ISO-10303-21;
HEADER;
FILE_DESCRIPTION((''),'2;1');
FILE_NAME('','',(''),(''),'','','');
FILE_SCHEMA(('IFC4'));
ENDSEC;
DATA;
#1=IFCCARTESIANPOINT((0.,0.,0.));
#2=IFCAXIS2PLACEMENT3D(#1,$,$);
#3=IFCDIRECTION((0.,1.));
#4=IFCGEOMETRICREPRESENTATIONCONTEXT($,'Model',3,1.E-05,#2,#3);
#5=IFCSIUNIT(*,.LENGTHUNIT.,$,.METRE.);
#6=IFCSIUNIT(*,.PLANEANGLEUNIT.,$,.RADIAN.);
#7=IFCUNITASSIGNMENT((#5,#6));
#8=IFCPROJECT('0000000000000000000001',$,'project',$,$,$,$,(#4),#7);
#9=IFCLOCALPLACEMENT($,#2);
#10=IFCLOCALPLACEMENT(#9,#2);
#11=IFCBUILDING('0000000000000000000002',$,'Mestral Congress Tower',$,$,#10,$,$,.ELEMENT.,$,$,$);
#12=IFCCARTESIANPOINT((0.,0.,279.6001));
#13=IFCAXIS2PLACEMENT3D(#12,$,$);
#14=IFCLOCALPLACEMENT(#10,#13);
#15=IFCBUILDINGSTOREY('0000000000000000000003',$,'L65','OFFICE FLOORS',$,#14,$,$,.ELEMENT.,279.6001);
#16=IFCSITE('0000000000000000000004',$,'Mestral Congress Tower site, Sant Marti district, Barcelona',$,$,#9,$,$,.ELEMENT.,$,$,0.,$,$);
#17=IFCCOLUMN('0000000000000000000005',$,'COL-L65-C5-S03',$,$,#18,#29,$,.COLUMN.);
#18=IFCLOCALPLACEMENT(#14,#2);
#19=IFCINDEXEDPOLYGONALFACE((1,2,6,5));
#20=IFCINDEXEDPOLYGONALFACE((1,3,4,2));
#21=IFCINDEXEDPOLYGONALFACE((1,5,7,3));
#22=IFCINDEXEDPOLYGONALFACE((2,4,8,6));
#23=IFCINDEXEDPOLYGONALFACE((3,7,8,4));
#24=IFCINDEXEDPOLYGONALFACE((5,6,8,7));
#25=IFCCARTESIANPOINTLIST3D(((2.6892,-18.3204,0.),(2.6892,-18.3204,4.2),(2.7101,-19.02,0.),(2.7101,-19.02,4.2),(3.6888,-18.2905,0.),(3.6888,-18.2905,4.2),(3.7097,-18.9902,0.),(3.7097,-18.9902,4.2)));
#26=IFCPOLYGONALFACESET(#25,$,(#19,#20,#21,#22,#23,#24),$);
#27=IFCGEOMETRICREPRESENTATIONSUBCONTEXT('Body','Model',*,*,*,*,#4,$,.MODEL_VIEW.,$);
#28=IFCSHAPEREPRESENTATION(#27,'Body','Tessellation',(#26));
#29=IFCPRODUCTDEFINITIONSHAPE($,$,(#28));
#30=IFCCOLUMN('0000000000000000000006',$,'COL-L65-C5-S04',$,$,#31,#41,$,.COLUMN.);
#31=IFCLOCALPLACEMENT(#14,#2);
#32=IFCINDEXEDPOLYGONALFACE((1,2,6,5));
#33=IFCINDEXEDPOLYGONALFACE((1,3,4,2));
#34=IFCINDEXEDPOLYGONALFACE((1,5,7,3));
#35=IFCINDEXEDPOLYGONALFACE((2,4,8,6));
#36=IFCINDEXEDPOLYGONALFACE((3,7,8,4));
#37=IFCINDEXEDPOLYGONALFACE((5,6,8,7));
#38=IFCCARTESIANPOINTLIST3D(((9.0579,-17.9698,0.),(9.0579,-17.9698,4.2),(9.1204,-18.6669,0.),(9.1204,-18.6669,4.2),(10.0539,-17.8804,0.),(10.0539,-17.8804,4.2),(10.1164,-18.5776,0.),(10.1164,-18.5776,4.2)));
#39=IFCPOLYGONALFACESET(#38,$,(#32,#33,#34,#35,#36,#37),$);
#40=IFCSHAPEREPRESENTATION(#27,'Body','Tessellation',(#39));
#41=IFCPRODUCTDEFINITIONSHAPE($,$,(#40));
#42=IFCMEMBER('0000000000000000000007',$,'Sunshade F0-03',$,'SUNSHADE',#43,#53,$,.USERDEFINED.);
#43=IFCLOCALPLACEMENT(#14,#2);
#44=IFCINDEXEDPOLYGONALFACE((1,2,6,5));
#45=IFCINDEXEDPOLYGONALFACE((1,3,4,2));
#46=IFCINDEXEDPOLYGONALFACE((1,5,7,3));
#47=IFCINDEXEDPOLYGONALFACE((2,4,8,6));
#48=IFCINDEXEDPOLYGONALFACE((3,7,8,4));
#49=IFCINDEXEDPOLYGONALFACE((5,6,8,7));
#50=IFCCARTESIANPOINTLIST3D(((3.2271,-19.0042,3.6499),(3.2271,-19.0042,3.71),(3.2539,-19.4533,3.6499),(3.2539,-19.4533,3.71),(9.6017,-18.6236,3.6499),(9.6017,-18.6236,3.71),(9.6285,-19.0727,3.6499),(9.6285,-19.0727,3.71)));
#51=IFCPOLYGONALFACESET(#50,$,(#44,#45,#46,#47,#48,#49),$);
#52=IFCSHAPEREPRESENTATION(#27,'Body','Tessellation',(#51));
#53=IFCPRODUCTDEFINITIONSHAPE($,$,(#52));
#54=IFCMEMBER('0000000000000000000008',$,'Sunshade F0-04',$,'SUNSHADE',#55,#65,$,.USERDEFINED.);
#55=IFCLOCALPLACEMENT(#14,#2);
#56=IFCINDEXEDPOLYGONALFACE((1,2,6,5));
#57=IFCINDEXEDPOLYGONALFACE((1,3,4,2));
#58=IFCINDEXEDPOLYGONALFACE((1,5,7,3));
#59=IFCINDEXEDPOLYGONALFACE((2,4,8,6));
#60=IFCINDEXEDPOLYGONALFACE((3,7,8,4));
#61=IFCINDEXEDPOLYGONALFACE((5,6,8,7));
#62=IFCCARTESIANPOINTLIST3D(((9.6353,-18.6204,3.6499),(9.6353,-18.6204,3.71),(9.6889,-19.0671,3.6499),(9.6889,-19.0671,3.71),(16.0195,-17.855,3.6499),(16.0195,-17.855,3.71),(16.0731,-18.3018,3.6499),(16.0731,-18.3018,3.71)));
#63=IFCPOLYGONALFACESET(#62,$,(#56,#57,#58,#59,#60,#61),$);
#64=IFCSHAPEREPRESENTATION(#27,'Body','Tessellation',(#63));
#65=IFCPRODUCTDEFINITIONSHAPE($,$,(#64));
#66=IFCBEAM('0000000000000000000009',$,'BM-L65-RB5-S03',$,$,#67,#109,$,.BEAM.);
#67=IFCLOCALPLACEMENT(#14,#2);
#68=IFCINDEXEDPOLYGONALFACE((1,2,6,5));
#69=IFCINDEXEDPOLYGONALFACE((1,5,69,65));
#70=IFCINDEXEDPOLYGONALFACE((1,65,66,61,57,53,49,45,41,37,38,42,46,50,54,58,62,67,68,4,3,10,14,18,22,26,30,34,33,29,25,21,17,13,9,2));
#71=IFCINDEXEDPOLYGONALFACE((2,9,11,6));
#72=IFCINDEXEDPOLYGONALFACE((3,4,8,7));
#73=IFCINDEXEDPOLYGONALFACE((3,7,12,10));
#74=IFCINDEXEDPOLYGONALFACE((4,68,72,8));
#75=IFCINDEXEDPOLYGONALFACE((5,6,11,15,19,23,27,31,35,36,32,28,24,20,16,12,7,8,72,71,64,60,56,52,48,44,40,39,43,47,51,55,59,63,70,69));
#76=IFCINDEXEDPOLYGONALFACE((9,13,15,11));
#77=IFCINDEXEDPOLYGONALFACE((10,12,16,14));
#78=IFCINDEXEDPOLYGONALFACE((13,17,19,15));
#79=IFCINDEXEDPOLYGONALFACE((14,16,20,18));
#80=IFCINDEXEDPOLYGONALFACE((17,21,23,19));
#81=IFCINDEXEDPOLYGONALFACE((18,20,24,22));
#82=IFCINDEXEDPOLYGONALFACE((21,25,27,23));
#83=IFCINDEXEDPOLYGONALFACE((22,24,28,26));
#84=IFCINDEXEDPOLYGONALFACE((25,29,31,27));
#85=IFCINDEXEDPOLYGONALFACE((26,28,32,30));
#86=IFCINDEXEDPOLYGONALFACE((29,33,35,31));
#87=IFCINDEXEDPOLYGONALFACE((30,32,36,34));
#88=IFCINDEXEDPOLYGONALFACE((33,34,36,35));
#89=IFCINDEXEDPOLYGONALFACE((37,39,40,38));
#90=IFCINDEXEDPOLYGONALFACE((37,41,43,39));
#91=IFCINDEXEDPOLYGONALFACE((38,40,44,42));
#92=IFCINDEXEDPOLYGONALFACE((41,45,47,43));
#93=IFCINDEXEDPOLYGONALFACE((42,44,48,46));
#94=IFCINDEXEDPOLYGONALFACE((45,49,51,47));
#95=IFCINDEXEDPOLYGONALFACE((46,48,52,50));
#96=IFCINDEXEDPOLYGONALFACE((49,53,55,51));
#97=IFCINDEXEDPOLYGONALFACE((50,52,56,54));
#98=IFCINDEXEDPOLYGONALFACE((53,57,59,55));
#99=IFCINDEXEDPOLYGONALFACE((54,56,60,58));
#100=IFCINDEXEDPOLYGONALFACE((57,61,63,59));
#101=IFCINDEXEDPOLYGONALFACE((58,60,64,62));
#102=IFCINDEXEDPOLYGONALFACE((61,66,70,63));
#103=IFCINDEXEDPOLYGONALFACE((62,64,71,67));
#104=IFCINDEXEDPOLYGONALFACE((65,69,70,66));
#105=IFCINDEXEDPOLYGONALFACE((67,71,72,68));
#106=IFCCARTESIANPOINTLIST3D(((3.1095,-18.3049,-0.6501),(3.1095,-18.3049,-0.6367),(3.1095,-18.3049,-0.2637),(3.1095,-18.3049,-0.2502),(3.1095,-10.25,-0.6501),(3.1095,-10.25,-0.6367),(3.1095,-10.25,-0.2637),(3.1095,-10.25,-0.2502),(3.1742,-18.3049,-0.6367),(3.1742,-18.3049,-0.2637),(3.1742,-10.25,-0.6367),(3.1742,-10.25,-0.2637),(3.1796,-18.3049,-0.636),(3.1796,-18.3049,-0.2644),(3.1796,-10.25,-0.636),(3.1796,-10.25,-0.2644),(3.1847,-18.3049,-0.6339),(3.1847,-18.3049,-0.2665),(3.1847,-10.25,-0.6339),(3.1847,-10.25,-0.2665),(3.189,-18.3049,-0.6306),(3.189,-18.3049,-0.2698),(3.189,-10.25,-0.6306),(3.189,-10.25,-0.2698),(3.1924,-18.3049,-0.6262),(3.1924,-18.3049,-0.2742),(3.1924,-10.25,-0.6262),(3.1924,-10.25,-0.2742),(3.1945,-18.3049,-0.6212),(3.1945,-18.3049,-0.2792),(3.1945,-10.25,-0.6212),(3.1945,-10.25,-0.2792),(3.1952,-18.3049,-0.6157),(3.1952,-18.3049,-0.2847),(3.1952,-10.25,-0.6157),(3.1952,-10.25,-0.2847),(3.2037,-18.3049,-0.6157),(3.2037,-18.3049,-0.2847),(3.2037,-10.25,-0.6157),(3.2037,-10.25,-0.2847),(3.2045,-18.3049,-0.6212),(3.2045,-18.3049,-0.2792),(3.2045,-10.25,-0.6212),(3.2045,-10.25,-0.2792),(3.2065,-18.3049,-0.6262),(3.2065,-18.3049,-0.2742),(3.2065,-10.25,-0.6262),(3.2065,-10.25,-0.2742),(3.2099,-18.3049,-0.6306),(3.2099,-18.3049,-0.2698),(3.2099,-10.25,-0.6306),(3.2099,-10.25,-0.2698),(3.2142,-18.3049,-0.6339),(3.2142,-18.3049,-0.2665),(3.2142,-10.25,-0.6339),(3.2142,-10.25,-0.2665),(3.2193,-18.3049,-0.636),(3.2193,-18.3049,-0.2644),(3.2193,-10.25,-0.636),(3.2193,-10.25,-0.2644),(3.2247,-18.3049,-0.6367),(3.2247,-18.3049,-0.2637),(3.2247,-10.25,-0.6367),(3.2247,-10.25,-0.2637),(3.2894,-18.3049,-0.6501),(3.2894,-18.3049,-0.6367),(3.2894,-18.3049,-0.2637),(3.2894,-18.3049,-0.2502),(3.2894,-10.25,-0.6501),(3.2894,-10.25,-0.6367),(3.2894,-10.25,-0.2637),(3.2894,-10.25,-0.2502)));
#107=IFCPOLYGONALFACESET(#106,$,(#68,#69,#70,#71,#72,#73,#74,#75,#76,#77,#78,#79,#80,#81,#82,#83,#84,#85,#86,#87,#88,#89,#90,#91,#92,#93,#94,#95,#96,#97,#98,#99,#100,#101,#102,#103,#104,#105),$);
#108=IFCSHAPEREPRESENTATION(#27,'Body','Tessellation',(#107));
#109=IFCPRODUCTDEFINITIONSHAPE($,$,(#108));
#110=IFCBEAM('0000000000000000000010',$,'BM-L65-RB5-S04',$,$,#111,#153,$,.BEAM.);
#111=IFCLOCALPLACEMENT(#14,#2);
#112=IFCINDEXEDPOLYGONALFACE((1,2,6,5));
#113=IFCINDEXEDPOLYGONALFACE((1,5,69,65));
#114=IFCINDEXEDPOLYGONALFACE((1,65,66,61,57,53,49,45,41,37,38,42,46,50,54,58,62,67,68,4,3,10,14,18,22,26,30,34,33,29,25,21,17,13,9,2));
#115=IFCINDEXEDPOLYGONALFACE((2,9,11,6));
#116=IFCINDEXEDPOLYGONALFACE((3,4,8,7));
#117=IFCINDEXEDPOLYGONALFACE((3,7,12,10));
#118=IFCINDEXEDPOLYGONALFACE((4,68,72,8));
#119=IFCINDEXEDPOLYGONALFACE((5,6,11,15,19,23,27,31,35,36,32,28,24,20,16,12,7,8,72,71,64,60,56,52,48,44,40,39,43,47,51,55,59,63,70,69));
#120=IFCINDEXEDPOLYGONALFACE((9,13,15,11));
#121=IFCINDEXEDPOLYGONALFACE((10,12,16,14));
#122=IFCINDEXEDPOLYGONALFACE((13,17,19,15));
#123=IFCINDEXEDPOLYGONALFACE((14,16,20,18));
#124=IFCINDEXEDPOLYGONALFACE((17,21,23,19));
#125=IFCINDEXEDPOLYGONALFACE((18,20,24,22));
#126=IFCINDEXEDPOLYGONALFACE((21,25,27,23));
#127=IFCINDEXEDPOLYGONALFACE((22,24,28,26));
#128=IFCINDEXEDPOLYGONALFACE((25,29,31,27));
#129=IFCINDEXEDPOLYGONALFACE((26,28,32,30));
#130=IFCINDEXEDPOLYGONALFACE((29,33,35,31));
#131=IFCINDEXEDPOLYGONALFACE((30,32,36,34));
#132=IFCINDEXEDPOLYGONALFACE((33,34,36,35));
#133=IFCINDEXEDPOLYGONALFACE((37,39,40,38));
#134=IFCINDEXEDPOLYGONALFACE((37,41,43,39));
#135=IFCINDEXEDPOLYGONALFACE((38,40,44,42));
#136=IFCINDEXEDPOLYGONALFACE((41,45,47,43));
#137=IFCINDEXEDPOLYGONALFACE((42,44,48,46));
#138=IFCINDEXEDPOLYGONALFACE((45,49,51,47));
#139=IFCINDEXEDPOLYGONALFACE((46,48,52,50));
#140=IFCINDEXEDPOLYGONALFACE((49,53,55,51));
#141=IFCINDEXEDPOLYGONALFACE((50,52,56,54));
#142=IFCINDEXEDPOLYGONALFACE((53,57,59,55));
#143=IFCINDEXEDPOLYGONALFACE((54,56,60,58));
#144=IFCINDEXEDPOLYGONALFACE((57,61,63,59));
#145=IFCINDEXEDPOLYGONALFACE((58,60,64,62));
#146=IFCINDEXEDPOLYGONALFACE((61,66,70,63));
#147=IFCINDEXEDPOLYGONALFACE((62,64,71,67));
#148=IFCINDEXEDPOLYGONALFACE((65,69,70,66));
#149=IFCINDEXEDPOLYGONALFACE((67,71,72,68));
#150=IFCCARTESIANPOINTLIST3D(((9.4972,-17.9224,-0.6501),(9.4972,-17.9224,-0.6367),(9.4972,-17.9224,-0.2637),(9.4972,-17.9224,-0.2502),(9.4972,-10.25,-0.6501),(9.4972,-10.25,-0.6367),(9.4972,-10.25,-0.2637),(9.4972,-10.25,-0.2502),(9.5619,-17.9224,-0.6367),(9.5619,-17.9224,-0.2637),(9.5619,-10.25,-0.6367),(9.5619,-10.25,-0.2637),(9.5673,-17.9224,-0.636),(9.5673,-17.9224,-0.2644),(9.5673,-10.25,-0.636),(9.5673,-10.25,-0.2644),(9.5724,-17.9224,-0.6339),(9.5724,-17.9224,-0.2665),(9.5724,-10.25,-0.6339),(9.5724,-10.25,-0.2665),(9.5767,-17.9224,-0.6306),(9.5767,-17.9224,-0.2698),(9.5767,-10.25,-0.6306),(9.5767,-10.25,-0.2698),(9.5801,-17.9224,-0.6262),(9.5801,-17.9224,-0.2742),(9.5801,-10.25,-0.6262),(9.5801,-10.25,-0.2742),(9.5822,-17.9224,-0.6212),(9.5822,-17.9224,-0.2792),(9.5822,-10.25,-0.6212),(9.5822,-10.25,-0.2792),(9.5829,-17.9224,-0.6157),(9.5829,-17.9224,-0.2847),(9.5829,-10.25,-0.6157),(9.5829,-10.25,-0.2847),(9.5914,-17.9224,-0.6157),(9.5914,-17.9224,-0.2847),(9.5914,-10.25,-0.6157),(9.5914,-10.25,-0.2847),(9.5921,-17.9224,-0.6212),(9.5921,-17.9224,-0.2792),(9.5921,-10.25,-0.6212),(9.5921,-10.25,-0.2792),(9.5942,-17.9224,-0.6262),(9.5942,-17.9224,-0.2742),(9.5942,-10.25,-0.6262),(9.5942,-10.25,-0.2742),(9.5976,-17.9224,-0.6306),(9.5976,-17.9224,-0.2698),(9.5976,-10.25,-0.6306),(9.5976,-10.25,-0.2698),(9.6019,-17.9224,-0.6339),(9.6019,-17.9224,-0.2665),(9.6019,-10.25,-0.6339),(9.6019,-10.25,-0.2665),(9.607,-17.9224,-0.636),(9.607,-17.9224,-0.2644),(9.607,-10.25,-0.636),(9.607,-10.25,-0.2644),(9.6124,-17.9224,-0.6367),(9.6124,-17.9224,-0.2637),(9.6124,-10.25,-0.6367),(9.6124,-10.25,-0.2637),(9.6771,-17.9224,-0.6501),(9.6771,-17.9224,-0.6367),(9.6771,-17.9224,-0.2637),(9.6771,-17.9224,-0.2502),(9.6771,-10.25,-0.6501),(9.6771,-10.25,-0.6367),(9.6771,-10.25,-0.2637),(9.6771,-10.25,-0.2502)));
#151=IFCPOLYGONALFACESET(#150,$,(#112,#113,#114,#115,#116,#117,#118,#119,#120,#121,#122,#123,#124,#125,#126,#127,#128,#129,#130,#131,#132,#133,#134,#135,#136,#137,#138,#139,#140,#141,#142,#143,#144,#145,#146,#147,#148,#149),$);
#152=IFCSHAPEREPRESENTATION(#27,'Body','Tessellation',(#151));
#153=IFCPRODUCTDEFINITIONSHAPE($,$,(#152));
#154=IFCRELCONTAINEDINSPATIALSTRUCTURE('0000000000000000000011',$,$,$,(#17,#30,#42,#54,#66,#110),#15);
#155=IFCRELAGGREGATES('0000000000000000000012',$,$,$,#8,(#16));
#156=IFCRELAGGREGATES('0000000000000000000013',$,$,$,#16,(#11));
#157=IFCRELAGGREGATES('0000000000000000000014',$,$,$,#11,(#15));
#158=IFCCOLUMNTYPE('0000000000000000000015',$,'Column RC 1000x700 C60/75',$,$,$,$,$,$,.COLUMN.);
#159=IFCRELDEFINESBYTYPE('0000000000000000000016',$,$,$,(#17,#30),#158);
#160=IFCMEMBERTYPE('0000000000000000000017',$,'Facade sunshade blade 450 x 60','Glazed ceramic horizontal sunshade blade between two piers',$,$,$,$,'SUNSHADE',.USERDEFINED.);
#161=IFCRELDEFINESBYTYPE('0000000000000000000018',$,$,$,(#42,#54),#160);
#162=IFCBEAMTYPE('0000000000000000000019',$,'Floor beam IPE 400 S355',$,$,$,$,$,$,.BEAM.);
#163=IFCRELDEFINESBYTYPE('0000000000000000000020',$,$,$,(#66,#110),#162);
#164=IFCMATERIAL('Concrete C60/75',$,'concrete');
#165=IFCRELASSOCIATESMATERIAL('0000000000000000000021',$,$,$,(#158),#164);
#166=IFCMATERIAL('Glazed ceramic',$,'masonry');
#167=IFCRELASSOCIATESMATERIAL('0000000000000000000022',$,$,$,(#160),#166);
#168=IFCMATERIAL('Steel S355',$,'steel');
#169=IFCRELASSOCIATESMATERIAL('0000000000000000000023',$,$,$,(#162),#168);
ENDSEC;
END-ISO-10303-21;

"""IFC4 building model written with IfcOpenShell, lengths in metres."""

from ifc_helpers import new_model, si_unit, direction, frame, origin, origin_2d, place, context, subcontext, project, spatial, rectangle, i_section, extrude, material, material_profile, profile_set, type_object, element, save


model = new_model("IFC4")

# Units and contexts
model_context = context("Model", 3, precision=1e-05, world=origin(), true_north=direction((0.0, 1.0)))
body_context = subcontext(model_context, "Body", "Model", "MODEL_VIEW")
ifc_project = project(units=[si_unit("LENGTHUNIT", "METRE"), si_unit("PLANEANGLEUNIT", "RADIAN")], contexts=[model_context])

# Site, building, storey
site_placement = place(None, origin())
site = spatial("IfcSite", under=ifc_project, at=site_placement, Name="Mestral Congress Tower site, Sant Marti district, Barcelona", CompositionType="ELEMENT", RefElevation=0.0)
building_placement = place(site_placement, origin())
building = spatial("IfcBuilding", under=site, at=building_placement, Name="Mestral Congress Tower", CompositionType="ELEMENT")
storey_placement = place(building_placement, frame((0.0, 0.0, 279.6001)))
storey = spatial("IfcBuildingStorey", under=building, at=storey_placement, Name="L65", Description="OFFICE FLOORS", CompositionType="ELEMENT", Elevation=279.6001)

# Columns
ifc_material_1 = material(Name="Concrete C60/75", Category="concrete")
ifc_material_profile_1 = material_profile(ifc_material_1, rectangle(XDim=1.0, YDim=0.7, at=origin_2d()), Name="RC 1000x700")
ifc_profile_set_1 = profile_set([ifc_material_profile_1], Name="Concrete C60/75")
column_type = type_object("IfcColumnType", Name="Column RC 1000x700 C60/75", PredefinedType="COLUMN", material=ifc_profile_set_1)
for number, where, z_axis, x_axis, name in (
    (1, (3.1995, -18.6553, 0.0), (0.0, 0.0, 1.0), (0.999555, 0.029828, 0.0), "COL-L65-C5-S03"),
    (2, (9.5872, -18.2737, 0.0), (0.0, 0.0, 1.0), (0.995998, 0.089378, 0.0), "COL-L65-C5-S04"),
):
    element("IfcColumn", number, at=place(storey_placement, frame(where, z_axis=z_axis, x_axis=x_axis)), inside=storey, type_object=column_type, Name=name, PredefinedType="COLUMN", context=body_context, shape_type="SweptSolid", body=[
        extrude(rectangle(XDim=1.0, YDim=0.7, at=origin_2d()), origin(), (0.0, 0.0, 1.0), 4.2),
    ])

# Members
ifc_material_2 = material(Name="Glazed ceramic", Category="masonry")
ifc_material_profile_2 = material_profile(ifc_material_2, rectangle(XDim=0.45, YDim=0.0601, at=origin_2d()), Name="Ceramic blade 450 x 60")
ifc_profile_set_2 = profile_set([ifc_material_profile_2], Name="Glazed ceramic")
member_type = type_object("IfcMemberType", Name="Facade sunshade blade 450 x 60", Description="Glazed ceramic horizontal sunshade blade between two piers", ElementType="SUNSHADE", PredefinedType="USERDEFINED", material=ifc_profile_set_2)
member_1_placement = place(storey_placement, frame((3.2405, -19.2288, 3.6799), z_axis=(0.998222, 0.059603, 0.0), x_axis=(-0.059603, 0.998222, 0.0)))
element("IfcMember", 3, at=member_1_placement, inside=storey, type_object=member_type, Name="Sunshade F0-03", ObjectType="SUNSHADE", PredefinedType="USERDEFINED", context=body_context, shape_type="SweptSolid", body=[
    extrude(rectangle(XDim=0.45, YDim=0.0601, at=origin_2d()), origin(), (0.0, 0.0, 1.0), 6.386),
])
member_2_placement = place(storey_placement, frame((9.6621, -18.8438, 3.6799), z_axis=(0.99289, 0.119033, 0.0), x_axis=(-0.119033, 0.99289, 0.0)))
element("IfcMember", 4, at=member_2_placement, inside=storey, type_object=member_type, Name="Sunshade F0-04", ObjectType="SUNSHADE", PredefinedType="USERDEFINED", context=body_context, shape_type="SweptSolid", body=[
    extrude(rectangle(XDim=0.45, YDim=0.0601, at=origin_2d()), origin(), (0.0, 0.0, 1.0), 6.4299),
])

# Beams
ifc_material_3 = material(Name="Steel S355", Category="steel")
ifc_material_profile_3 = material_profile(ifc_material_3, i_section(OverallWidth=0.1799, OverallDepth=0.3999, WebThickness=0.0085, FlangeThickness=0.0134, FilletRadius=0.021, at=origin_2d()), Name="IPE 400")
ifc_profile_set_3 = profile_set([ifc_material_profile_3], Name="Steel S355")
beam_type_1 = type_object("IfcBeamType", Name="Floor beam IPE 400 S355", PredefinedType="BEAM", material=ifc_profile_set_3)
beam_1_placement = place(storey_placement, frame((3.1995, -18.3049, -0.4502), z_axis=(0.0, 1.0, 0.0), x_axis=(-1.0, 0.0, 0.0)))
element("IfcBeam", 5, at=beam_1_placement, inside=storey, type_object=beam_type_1, Name="BM-L65-RB5-S03", PredefinedType="BEAM", context=body_context, shape_type="SweptSolid", body=[
    extrude(i_section(OverallWidth=0.1799, OverallDepth=0.3999, WebThickness=0.0085, FlangeThickness=0.0134, FilletRadius=0.021, at=origin_2d()), origin(), (0.0, 0.0, 1.0), 8.0549),
])
beam_2_placement = place(storey_placement, frame((9.5872, -17.9224, -0.4502), z_axis=(0.0, 1.0, 0.0), x_axis=(-1.0, 0.0, 0.0)))
element("IfcBeam", 6, at=beam_2_placement, inside=storey, type_object=beam_type_1, Name="BM-L65-RB5-S04", PredefinedType="BEAM", context=body_context, shape_type="SweptSolid", body=[
    extrude(i_section(OverallWidth=0.1799, OverallDepth=0.3999, WebThickness=0.0085, FlangeThickness=0.0134, FilletRadius=0.021, at=origin_2d()), origin(), (0.0, 0.0, 1.0), 7.6724),
])

save(model, "model.ifc")
